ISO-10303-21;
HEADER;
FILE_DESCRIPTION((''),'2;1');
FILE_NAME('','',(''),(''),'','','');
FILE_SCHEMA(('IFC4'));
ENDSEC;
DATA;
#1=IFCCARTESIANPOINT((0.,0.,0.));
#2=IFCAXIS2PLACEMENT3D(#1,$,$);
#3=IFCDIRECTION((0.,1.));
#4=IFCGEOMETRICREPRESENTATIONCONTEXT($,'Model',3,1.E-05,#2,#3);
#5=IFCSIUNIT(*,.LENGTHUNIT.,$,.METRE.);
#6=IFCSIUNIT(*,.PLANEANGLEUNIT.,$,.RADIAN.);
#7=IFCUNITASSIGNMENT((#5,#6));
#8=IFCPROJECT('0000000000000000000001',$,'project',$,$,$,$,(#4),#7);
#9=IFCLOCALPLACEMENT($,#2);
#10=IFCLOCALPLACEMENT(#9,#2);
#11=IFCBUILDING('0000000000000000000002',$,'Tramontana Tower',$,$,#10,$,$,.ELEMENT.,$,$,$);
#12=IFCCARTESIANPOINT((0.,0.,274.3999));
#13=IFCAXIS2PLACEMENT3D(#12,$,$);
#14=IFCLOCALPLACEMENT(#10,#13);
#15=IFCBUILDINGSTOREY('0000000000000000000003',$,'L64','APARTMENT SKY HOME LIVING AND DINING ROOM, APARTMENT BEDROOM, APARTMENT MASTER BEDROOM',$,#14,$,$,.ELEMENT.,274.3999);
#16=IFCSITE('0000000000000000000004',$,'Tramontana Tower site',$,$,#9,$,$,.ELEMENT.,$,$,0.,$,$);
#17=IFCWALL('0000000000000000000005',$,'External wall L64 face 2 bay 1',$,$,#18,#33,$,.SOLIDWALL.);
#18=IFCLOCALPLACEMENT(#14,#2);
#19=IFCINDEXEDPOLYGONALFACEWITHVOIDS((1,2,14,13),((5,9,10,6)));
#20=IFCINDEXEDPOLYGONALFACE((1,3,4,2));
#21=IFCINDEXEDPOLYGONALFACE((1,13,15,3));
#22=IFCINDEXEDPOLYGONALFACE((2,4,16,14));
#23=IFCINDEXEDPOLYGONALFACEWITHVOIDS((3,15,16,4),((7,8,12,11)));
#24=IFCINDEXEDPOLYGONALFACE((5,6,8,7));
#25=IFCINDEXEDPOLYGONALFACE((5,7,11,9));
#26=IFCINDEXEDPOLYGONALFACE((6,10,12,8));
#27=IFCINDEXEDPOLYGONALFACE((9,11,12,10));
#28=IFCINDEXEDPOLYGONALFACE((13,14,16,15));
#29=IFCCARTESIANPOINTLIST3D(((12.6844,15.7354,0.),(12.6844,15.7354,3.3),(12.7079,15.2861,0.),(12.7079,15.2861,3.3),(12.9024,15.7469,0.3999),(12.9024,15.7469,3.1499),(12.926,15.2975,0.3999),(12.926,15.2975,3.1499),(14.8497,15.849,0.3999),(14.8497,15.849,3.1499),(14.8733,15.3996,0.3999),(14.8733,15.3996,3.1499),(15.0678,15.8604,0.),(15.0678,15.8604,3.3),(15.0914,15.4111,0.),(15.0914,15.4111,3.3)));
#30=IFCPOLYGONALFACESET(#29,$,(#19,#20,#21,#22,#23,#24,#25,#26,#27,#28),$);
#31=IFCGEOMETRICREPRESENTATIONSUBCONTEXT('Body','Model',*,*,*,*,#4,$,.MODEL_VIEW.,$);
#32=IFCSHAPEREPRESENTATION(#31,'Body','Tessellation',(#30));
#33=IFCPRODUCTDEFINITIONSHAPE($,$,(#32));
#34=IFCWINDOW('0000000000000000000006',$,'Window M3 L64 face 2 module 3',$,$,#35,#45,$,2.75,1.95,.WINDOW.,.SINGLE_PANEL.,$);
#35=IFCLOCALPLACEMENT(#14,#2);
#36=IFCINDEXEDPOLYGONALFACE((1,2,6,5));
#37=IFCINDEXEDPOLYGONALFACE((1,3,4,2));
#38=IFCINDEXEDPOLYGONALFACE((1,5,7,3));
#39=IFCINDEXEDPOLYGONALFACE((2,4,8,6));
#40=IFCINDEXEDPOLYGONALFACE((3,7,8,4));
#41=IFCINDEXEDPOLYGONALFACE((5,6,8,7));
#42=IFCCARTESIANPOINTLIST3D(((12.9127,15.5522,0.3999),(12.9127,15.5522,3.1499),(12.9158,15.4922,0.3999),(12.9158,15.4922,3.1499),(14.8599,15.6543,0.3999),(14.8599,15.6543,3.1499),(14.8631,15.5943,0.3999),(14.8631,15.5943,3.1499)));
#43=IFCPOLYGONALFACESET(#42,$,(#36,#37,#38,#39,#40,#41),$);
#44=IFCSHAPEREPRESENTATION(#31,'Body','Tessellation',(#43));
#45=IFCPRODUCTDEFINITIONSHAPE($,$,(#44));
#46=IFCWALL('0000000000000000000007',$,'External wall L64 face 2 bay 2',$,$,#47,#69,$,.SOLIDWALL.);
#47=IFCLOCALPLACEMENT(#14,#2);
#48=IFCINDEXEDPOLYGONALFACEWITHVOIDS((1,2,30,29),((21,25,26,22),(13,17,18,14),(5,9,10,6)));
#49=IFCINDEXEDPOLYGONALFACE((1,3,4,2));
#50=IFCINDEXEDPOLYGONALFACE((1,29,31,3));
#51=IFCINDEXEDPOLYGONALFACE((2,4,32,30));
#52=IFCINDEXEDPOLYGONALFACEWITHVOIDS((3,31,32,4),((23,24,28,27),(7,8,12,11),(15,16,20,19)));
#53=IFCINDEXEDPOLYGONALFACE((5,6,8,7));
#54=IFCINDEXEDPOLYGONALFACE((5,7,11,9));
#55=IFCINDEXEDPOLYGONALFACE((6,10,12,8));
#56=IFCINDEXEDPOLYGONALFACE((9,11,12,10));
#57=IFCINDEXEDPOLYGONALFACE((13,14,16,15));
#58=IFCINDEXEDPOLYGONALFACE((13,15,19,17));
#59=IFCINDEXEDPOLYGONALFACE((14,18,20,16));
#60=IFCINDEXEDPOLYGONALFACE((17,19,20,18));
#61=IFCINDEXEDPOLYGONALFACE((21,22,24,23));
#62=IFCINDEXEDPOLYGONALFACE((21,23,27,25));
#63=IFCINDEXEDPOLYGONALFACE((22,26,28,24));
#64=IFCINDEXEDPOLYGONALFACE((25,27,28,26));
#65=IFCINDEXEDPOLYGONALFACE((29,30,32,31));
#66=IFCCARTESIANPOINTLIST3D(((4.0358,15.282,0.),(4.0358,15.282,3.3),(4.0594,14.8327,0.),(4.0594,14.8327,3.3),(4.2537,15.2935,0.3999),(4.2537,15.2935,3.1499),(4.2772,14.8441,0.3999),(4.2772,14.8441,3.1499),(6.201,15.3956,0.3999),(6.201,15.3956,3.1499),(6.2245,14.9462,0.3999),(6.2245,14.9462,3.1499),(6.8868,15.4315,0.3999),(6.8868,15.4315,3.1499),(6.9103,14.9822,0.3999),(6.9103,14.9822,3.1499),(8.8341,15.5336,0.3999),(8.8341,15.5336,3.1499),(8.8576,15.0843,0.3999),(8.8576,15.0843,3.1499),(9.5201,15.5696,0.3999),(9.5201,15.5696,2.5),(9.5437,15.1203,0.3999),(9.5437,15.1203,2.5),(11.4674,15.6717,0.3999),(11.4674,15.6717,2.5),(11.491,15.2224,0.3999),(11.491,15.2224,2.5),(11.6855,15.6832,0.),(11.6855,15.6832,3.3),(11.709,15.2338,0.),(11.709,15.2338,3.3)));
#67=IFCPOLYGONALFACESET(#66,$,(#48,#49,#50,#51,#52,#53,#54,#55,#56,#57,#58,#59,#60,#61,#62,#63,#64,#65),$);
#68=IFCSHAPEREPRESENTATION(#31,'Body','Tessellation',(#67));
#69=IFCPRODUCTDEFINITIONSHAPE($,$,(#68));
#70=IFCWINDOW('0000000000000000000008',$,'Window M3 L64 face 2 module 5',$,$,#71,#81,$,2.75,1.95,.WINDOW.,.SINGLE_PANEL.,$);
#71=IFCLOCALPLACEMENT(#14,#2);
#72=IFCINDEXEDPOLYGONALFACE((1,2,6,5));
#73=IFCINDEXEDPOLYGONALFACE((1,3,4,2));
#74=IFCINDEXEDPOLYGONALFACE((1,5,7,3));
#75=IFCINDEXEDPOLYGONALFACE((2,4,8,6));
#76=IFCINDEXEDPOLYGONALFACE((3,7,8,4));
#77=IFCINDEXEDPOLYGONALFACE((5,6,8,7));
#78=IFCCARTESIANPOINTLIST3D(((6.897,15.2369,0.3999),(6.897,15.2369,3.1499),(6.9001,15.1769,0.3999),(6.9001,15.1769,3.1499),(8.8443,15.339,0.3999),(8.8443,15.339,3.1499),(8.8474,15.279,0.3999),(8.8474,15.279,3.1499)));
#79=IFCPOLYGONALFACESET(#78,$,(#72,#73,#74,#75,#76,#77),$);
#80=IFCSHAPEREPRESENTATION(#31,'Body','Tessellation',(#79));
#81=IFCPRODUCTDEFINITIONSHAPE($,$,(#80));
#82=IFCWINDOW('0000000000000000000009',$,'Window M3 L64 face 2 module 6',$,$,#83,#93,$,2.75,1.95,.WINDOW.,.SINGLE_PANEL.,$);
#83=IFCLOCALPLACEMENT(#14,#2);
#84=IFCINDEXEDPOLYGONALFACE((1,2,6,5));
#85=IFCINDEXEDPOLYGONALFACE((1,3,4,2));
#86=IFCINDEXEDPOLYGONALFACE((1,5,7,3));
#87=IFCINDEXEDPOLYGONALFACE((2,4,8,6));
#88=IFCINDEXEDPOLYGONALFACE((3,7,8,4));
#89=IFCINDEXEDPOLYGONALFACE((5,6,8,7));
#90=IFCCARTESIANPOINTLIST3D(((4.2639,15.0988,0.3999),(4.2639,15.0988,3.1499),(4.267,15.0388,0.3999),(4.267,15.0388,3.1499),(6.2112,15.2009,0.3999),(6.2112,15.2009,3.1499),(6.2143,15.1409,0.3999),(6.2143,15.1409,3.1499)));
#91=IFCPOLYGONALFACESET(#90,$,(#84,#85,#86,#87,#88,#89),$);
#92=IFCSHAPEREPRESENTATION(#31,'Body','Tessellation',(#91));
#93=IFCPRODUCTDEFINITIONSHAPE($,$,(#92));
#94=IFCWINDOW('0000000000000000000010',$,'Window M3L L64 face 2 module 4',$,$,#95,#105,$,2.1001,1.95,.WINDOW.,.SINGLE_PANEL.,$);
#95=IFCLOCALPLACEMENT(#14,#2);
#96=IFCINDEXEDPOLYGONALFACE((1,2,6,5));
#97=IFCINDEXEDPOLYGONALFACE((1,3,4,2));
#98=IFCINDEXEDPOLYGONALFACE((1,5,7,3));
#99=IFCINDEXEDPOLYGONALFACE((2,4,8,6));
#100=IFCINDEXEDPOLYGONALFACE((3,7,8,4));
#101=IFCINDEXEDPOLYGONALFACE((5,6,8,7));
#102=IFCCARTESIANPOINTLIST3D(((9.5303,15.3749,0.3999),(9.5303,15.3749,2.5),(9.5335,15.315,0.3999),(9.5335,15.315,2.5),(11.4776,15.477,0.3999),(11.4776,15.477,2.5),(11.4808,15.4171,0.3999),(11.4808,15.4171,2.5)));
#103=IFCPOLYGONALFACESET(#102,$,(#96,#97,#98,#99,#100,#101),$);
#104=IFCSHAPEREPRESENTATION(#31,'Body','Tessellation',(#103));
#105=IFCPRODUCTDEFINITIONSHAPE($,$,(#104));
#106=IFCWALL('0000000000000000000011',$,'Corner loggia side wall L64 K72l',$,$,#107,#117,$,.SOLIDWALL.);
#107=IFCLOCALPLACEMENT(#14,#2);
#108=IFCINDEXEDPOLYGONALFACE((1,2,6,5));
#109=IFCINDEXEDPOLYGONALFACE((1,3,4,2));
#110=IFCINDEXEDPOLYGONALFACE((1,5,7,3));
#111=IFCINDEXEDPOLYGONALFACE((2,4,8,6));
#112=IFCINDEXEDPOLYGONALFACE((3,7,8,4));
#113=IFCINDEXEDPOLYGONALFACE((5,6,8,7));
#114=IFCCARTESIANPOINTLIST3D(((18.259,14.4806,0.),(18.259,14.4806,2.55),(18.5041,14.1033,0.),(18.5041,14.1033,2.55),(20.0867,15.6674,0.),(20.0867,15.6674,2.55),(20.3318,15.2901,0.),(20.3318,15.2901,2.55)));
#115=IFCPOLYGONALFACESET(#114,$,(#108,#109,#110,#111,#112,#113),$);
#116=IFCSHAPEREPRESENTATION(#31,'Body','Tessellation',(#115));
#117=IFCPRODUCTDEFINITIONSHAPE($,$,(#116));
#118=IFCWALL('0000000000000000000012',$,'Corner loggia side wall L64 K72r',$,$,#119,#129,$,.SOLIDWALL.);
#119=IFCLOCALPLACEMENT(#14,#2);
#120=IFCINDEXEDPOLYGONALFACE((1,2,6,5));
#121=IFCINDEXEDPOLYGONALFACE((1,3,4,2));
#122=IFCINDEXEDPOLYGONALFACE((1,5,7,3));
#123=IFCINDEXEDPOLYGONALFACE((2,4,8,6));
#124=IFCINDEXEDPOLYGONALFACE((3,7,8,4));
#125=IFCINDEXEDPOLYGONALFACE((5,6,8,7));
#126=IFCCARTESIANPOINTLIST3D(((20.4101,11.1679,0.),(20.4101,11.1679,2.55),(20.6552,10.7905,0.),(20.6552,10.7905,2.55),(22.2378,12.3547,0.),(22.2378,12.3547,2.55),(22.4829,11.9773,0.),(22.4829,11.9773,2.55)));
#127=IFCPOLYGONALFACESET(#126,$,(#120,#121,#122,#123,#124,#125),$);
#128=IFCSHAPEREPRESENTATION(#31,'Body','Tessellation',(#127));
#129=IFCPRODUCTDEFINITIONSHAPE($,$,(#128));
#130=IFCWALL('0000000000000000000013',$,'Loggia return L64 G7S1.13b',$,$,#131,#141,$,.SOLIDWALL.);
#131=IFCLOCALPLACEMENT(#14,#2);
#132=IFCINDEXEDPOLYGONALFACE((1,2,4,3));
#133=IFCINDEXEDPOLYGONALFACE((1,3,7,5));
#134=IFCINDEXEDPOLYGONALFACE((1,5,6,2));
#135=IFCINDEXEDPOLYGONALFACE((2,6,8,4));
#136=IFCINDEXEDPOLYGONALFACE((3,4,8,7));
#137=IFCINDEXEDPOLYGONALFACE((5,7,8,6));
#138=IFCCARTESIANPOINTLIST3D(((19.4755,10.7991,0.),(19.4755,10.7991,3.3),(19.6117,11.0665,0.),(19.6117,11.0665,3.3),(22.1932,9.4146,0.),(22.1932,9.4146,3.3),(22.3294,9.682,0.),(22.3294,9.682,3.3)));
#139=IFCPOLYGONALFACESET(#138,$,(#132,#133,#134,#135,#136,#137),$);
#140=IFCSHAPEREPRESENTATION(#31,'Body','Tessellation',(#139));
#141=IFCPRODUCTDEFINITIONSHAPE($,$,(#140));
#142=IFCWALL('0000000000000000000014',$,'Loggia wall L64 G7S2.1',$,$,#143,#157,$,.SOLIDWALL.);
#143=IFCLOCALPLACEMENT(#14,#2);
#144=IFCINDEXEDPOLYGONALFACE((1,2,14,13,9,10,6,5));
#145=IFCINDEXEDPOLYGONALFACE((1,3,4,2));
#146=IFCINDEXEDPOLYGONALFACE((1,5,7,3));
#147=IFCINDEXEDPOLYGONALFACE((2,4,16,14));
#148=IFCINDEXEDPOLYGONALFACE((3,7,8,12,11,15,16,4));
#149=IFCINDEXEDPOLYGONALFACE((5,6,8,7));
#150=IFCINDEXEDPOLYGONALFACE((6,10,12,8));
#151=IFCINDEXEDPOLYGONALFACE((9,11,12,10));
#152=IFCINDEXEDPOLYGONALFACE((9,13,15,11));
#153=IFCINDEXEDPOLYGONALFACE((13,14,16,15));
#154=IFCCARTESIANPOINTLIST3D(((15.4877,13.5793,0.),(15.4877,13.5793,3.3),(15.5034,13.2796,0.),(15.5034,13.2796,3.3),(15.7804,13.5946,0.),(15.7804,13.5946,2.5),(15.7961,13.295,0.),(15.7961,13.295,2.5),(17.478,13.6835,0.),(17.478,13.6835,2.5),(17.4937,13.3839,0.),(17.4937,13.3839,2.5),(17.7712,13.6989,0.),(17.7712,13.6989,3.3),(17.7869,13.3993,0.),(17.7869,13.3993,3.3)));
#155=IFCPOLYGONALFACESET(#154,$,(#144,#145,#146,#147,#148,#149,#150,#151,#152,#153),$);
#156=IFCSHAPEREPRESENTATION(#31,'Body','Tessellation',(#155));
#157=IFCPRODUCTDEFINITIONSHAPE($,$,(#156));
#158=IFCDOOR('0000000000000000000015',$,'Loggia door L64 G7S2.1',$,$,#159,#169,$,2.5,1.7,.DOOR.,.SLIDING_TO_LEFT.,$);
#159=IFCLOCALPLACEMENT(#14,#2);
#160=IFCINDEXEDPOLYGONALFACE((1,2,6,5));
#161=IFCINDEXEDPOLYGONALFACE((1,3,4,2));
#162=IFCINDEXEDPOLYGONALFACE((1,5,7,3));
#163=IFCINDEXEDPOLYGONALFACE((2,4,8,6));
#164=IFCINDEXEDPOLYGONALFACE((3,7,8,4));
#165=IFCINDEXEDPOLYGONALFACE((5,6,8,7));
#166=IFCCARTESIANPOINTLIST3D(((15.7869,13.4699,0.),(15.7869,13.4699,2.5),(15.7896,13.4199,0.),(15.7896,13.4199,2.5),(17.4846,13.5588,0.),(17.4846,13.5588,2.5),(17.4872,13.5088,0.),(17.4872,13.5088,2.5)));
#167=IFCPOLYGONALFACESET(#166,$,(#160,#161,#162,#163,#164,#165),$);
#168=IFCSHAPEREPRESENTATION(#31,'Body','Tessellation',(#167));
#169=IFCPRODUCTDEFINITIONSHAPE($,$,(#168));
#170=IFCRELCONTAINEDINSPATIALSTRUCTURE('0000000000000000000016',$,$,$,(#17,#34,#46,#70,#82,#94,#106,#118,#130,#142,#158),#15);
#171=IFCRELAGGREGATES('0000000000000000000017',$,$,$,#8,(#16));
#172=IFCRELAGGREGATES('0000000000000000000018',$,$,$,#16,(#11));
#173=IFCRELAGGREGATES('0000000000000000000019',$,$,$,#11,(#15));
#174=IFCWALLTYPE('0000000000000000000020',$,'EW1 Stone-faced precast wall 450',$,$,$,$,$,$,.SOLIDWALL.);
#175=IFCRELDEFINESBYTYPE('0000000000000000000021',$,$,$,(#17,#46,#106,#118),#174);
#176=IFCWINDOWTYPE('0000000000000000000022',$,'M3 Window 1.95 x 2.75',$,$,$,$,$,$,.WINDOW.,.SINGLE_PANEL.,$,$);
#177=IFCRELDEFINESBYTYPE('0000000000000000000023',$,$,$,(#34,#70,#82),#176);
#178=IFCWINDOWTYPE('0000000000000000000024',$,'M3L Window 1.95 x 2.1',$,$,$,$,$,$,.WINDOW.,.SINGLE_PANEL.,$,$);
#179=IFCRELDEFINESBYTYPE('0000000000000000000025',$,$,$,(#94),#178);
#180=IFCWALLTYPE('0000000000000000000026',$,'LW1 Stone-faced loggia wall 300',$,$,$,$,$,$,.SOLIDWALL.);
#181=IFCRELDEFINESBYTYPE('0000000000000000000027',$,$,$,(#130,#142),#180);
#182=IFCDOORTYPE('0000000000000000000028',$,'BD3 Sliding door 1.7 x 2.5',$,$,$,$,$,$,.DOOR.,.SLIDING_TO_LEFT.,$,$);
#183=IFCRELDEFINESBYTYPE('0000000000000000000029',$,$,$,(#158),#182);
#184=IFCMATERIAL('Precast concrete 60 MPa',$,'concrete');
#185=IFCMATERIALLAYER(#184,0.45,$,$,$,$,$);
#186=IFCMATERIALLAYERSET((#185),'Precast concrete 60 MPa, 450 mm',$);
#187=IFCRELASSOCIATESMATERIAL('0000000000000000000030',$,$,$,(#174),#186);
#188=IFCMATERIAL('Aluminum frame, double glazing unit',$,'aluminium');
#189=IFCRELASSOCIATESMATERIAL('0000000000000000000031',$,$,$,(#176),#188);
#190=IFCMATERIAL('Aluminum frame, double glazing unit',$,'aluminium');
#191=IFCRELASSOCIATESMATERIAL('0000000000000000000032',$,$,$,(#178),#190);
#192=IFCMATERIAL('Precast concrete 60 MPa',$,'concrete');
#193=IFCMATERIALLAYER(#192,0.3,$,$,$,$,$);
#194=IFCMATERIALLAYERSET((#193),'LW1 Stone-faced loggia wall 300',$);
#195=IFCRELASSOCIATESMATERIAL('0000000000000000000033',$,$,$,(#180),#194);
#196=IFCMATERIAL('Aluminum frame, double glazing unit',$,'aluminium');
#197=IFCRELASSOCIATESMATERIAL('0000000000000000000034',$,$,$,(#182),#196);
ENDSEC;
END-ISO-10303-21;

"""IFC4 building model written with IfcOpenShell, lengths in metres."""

from ifc_helpers import new_model, si_unit, direction, frame, frame_2d, origin, place, context, subcontext, project, spatial, rectangle, extrude, material, layer, layer_set, type_object, element, fill, save


model = new_model("IFC4")

# Units and contexts
model_context = context("Model", 3, precision=1e-05, world=origin(), true_north=direction((0.0, 1.0)))
body_context = subcontext(model_context, "Body", "Model", "MODEL_VIEW")
ifc_project = project(units=[si_unit("LENGTHUNIT", "METRE"), si_unit("PLANEANGLEUNIT", "RADIAN")], contexts=[model_context])

# Site, building, storey
site_placement = place(None, origin())
site = spatial("IfcSite", under=ifc_project, at=site_placement, Name="Tramontana Tower site", CompositionType="ELEMENT", RefElevation=0.0)
building_placement = place(site_placement, origin())
building = spatial("IfcBuilding", under=site, at=building_placement, Name="Tramontana Tower", CompositionType="ELEMENT")
storey_placement = place(building_placement, frame((0.0, 0.0, 274.3999)))
storey = spatial("IfcBuildingStorey", under=building, at=storey_placement, Name="L64", Description="APARTMENT SKY HOME LIVING AND DINING ROOM, APARTMENT BEDROOM, APARTMENT MASTER BEDROOM", CompositionType="ELEMENT", Elevation=274.3999)

# Wall, opening, window
ifc_material_1 = material(Name="Precast concrete 60 MPa", Category="concrete")
ifc_layer_1 = layer(ifc_material_1, 0.45)
ifc_layer_set_1 = layer_set([ifc_layer_1], Name="Precast concrete 60 MPa, 450 mm")
wall_type_1 = type_object("IfcWallType", Name="EW1 Stone-faced precast wall 450", PredefinedType="SOLIDWALL", material=ifc_layer_set_1)
wall_1_placement = place(storey_placement, frame((15.0796, 15.6357, 0.0), z_axis=(0.0, 0.0, 1.0), x_axis=(-0.998628, -0.052371, 0.0)))
wall_1 = element("IfcWall", 1, at=wall_1_placement, inside=storey, type_object=wall_type_1, Name="External wall L64 face 2 bay 1", PredefinedType="SOLIDWALL", context=body_context, shape_type="SweptSolid", body=[
    extrude(rectangle(XDim=2.3867, YDim=0.45, at=frame_2d((1.1934, 0.0))), origin(), (0.0, 0.0, 1.0), 3.3),
])
opening_1_placement = place(wall_1_placement, frame((0.2183, 0.0, 0.3999)))
opening_1 = element("IfcOpeningElement", 2, at=opening_1_placement, cuts=wall_1, PredefinedType="OPENING", context=body_context, shape_type="SweptSolid", body=[
    extrude(rectangle(XDim=1.95, YDim=2.75, at=frame_2d((0.9751, 1.375))), frame((0.0, 0.2349, 0.0), z_axis=(0.0, -1.0, 0.0), x_axis=(1.0, 0.0, 0.0)), (0.0, 0.0, 1.0), 0.47),
])
ifc_material_2 = material(Name="Aluminum frame, double glazing unit", Category="aluminium")
window_type_1 = type_object("IfcWindowType", Name="M3 Window 1.95 x 2.75", PartitioningType="SINGLE_PANEL", PredefinedType="WINDOW", material=ifc_material_2)
window_1_placement = place(opening_1_placement, origin())
window_1 = element("IfcWindow", 3, at=window_1_placement, inside=storey, type_object=window_type_1, Name="Window M3 L64 face 2 module 3", OverallHeight=2.75, OverallWidth=1.95, PartitioningType="SINGLE_PANEL", PredefinedType="WINDOW", context=body_context, shape_type="SweptSolid", body=[
    extrude(rectangle(XDim=1.95, YDim=2.75, at=frame_2d((0.9751, 1.375))), frame((0.0, 0.03, 0.0), z_axis=(0.0, -1.0, 0.0), x_axis=(1.0, 0.0, 0.0)), (0.0, 0.0, 1.0), 0.0601),
])
fill(opening_1, window_1)

# Wall, openings, windows
wall_2_placement = place(storey_placement, frame((11.6973, 15.4585, 0.0), z_axis=(0.0, 0.0, 1.0), x_axis=(-0.998628, -0.052365, 0.0)))
wall_2 = element("IfcWall", 4, at=wall_2_placement, inside=storey, type_object=wall_type_1, Name="External wall L64 face 2 bay 2", PredefinedType="SOLIDWALL", context=body_context, shape_type="SweptSolid", body=[
    extrude(rectangle(XDim=7.6602, YDim=0.45, at=frame_2d((3.8301, 0.0))), origin(), (0.0, 0.0, 1.0), 3.3),
])
opening_2_placement = place(wall_2_placement, frame((0.2183, 0.0, 0.3999)))
opening_2 = element("IfcOpeningElement", 5, at=opening_2_placement, cuts=wall_2, PredefinedType="OPENING", context=body_context, shape_type="SweptSolid", body=[
    extrude(rectangle(XDim=1.95, YDim=2.1001, at=frame_2d((0.9751, 1.05))), frame((0.0, 0.2349, 0.0), z_axis=(0.0, -1.0, 0.0), x_axis=(1.0, 0.0, 0.0)), (0.0, 0.0, 1.0), 0.47),
])
opening_3_placement = place(wall_2_placement, frame((2.8552, 0.0, 0.3999)))
opening_3 = element("IfcOpeningElement", 6, at=opening_3_placement, cuts=wall_2, PredefinedType="OPENING", context=body_context, shape_type="SweptSolid", body=[
    extrude(rectangle(XDim=1.95, YDim=2.75, at=frame_2d((0.9751, 1.375))), frame((0.0, 0.2349, 0.0), z_axis=(0.0, -1.0, 0.0), x_axis=(1.0, 0.0, 0.0)), (0.0, 0.0, 1.0), 0.47),
])
opening_4_placement = place(wall_2_placement, frame((5.4919, 0.0, 0.3999)))
opening_4 = element("IfcOpeningElement", 7, at=opening_4_placement, cuts=wall_2, PredefinedType="OPENING", context=body_context, shape_type="SweptSolid", body=[
    extrude(rectangle(XDim=1.95, YDim=2.75, at=frame_2d((0.9751, 1.375))), frame((0.0, 0.2349, 0.0), z_axis=(0.0, -1.0, 0.0), x_axis=(1.0, 0.0, 0.0)), (0.0, 0.0, 1.0), 0.47),
])
window_2_placement = place(opening_3_placement, origin())
window_2 = element("IfcWindow", 8, at=window_2_placement, inside=storey, type_object=window_type_1, Name="Window M3 L64 face 2 module 5", OverallHeight=2.75, OverallWidth=1.95, PartitioningType="SINGLE_PANEL", PredefinedType="WINDOW", context=body_context, shape_type="SweptSolid", body=[
    extrude(rectangle(XDim=1.95, YDim=2.75, at=frame_2d((0.9751, 1.375))), frame((0.0, 0.03, 0.0), z_axis=(0.0, -1.0, 0.0), x_axis=(1.0, 0.0, 0.0)), (0.0, 0.0, 1.0), 0.0601),
])
fill(opening_3, window_2)
window_3_placement = place(opening_4_placement, origin())
window_3 = element("IfcWindow", 9, at=window_3_placement, inside=storey, type_object=window_type_1, Name="Window M3 L64 face 2 module 6", OverallHeight=2.75, OverallWidth=1.95, PartitioningType="SINGLE_PANEL", PredefinedType="WINDOW", context=body_context, shape_type="SweptSolid", body=[
    extrude(rectangle(XDim=1.95, YDim=2.75, at=frame_2d((0.9751, 1.375))), frame((0.0, 0.03, 0.0), z_axis=(0.0, -1.0, 0.0), x_axis=(1.0, 0.0, 0.0)), (0.0, 0.0, 1.0), 0.0601),
])
fill(opening_4, window_3)
ifc_material_3 = material(Name="Aluminum frame, double glazing unit", Category="aluminium")
window_type_2 = type_object("IfcWindowType", Name="M3L Window 1.95 x 2.1", PartitioningType="SINGLE_PANEL", PredefinedType="WINDOW", material=ifc_material_3)
window_4_placement = place(opening_2_placement, origin())
window_4 = element("IfcWindow", 10, at=window_4_placement, inside=storey, type_object=window_type_2, Name="Window M3L L64 face 2 module 4", OverallHeight=2.1001, OverallWidth=1.95, PartitioningType="SINGLE_PANEL", PredefinedType="WINDOW", context=body_context, shape_type="SweptSolid", body=[
    extrude(rectangle(XDim=1.95, YDim=2.1001, at=frame_2d((0.9751, 1.05))), frame((0.0, 0.03, 0.0), z_axis=(0.0, -1.0, 0.0), x_axis=(1.0, 0.0, 0.0)), (0.0, 0.0, 1.0), 0.0601),
])
fill(opening_2, window_4)

# Walls
for number, where, z_axis, x_axis, name in (
    (11, (20.2092, 15.4788, 0.0), (0.0, 0.0, 1.0), (-0.838694, -0.544602, 0.0), "Corner loggia side wall L64 K72l"),
    (12, (22.3604, 12.166, 0.0), (0.0, 0.0, 1.0), (-0.838694, -0.544602, 0.0), "Corner loggia side wall L64 K72r"),
):
    element("IfcWall", number, at=place(storey_placement, frame(where, z_axis=z_axis, x_axis=x_axis)), inside=storey, type_object=wall_type_1, Name=name, PredefinedType="SOLIDWALL", context=body_context, shape_type="SweptSolid", body=[
        extrude(rectangle(XDim=2.1792, YDim=0.45, at=frame_2d((1.0896, 0.0))), origin(), (0.0, 0.0, 1.0), 2.55),
    ])

# Wall
ifc_material_4 = material(Name="Precast concrete 60 MPa", Category="concrete")
ifc_layer_2 = layer(ifc_material_4, 0.3)
ifc_layer_set_2 = layer_set([ifc_layer_2], Name="LW1 Stone-faced loggia wall 300")
wall_type_2 = type_object("IfcWallType", Name="LW1 Stone-faced loggia wall 300", PredefinedType="SOLIDWALL", material=ifc_layer_set_2)
wall_3_placement = place(storey_placement, frame((22.2612, 9.5483, 0.0), z_axis=(0.0, 0.0, 1.0), x_axis=(-0.89104, 0.453925, 0.0)))
element("IfcWall", 13, at=wall_3_placement, inside=storey, type_object=wall_type_2, Name="Loggia return L64 G7S1.13b", PredefinedType="SOLIDWALL", context=body_context, shape_type="SweptSolid", body=[
    extrude(rectangle(XDim=3.05, YDim=0.3, at=frame_2d((1.5249, 0.0))), origin(), (0.0, 0.0, 1.0), 3.3),
])

# Wall, opening, door
wall_4_placement = place(storey_placement, frame((17.7791, 13.5491, 0.0), z_axis=(0.0, 0.0, 1.0), x_axis=(-0.99863, -0.052318, 0.0)))
wall_4 = element("IfcWall", 14, at=wall_4_placement, inside=storey, type_object=wall_type_2, Name="Loggia wall L64 G7S2.1", PredefinedType="SOLIDWALL", context=body_context, shape_type="SweptSolid", body=[
    extrude(rectangle(XDim=2.2866, YDim=0.3, at=frame_2d((1.1433, 0.0))), origin(), (0.0, 0.0, 1.0), 3.3),
])
opening_5_placement = place(wall_4_placement, frame((0.2935, 0.0, 0.0)))
opening_5 = element("IfcOpeningElement", 15, at=opening_5_placement, cuts=wall_4, PredefinedType="OPENING", context=body_context, shape_type="SweptSolid", body=[
    extrude(rectangle(XDim=1.7, YDim=2.5, at=frame_2d((0.8501, 1.25))), frame((0.0, 0.1599, 0.0), z_axis=(0.0, -1.0, 0.0), x_axis=(1.0, 0.0, 0.0)), (0.0, 0.0, 1.0), 0.3201),
])
ifc_material_5 = material(Name="Aluminum frame, double glazing unit", Category="aluminium")
door_type_1 = type_object("IfcDoorType", Name="BD3 Sliding door 1.7 x 2.5", OperationType="SLIDING_TO_LEFT", PredefinedType="DOOR", material=ifc_material_5)
door_1_placement = place(opening_5_placement, origin())
door_1 = element("IfcDoor", 16, at=door_1_placement, inside=storey, type_object=door_type_1, Name="Loggia door L64 G7S2.1", OperationType="SLIDING_TO_LEFT", OverallHeight=2.5, OverallWidth=1.7, PredefinedType="DOOR", context=body_context, shape_type="SweptSolid", body=[
    extrude(rectangle(XDim=1.7, YDim=2.5, at=frame_2d((0.8501, 1.25))), frame((0.0, 0.0249, 0.0), z_axis=(0.0, -1.0, 0.0), x_axis=(1.0, 0.0, 0.0)), (0.0, 0.0, 1.0), 0.05),
])
fill(opening_5, door_1)

save(model, "model.ifc")
